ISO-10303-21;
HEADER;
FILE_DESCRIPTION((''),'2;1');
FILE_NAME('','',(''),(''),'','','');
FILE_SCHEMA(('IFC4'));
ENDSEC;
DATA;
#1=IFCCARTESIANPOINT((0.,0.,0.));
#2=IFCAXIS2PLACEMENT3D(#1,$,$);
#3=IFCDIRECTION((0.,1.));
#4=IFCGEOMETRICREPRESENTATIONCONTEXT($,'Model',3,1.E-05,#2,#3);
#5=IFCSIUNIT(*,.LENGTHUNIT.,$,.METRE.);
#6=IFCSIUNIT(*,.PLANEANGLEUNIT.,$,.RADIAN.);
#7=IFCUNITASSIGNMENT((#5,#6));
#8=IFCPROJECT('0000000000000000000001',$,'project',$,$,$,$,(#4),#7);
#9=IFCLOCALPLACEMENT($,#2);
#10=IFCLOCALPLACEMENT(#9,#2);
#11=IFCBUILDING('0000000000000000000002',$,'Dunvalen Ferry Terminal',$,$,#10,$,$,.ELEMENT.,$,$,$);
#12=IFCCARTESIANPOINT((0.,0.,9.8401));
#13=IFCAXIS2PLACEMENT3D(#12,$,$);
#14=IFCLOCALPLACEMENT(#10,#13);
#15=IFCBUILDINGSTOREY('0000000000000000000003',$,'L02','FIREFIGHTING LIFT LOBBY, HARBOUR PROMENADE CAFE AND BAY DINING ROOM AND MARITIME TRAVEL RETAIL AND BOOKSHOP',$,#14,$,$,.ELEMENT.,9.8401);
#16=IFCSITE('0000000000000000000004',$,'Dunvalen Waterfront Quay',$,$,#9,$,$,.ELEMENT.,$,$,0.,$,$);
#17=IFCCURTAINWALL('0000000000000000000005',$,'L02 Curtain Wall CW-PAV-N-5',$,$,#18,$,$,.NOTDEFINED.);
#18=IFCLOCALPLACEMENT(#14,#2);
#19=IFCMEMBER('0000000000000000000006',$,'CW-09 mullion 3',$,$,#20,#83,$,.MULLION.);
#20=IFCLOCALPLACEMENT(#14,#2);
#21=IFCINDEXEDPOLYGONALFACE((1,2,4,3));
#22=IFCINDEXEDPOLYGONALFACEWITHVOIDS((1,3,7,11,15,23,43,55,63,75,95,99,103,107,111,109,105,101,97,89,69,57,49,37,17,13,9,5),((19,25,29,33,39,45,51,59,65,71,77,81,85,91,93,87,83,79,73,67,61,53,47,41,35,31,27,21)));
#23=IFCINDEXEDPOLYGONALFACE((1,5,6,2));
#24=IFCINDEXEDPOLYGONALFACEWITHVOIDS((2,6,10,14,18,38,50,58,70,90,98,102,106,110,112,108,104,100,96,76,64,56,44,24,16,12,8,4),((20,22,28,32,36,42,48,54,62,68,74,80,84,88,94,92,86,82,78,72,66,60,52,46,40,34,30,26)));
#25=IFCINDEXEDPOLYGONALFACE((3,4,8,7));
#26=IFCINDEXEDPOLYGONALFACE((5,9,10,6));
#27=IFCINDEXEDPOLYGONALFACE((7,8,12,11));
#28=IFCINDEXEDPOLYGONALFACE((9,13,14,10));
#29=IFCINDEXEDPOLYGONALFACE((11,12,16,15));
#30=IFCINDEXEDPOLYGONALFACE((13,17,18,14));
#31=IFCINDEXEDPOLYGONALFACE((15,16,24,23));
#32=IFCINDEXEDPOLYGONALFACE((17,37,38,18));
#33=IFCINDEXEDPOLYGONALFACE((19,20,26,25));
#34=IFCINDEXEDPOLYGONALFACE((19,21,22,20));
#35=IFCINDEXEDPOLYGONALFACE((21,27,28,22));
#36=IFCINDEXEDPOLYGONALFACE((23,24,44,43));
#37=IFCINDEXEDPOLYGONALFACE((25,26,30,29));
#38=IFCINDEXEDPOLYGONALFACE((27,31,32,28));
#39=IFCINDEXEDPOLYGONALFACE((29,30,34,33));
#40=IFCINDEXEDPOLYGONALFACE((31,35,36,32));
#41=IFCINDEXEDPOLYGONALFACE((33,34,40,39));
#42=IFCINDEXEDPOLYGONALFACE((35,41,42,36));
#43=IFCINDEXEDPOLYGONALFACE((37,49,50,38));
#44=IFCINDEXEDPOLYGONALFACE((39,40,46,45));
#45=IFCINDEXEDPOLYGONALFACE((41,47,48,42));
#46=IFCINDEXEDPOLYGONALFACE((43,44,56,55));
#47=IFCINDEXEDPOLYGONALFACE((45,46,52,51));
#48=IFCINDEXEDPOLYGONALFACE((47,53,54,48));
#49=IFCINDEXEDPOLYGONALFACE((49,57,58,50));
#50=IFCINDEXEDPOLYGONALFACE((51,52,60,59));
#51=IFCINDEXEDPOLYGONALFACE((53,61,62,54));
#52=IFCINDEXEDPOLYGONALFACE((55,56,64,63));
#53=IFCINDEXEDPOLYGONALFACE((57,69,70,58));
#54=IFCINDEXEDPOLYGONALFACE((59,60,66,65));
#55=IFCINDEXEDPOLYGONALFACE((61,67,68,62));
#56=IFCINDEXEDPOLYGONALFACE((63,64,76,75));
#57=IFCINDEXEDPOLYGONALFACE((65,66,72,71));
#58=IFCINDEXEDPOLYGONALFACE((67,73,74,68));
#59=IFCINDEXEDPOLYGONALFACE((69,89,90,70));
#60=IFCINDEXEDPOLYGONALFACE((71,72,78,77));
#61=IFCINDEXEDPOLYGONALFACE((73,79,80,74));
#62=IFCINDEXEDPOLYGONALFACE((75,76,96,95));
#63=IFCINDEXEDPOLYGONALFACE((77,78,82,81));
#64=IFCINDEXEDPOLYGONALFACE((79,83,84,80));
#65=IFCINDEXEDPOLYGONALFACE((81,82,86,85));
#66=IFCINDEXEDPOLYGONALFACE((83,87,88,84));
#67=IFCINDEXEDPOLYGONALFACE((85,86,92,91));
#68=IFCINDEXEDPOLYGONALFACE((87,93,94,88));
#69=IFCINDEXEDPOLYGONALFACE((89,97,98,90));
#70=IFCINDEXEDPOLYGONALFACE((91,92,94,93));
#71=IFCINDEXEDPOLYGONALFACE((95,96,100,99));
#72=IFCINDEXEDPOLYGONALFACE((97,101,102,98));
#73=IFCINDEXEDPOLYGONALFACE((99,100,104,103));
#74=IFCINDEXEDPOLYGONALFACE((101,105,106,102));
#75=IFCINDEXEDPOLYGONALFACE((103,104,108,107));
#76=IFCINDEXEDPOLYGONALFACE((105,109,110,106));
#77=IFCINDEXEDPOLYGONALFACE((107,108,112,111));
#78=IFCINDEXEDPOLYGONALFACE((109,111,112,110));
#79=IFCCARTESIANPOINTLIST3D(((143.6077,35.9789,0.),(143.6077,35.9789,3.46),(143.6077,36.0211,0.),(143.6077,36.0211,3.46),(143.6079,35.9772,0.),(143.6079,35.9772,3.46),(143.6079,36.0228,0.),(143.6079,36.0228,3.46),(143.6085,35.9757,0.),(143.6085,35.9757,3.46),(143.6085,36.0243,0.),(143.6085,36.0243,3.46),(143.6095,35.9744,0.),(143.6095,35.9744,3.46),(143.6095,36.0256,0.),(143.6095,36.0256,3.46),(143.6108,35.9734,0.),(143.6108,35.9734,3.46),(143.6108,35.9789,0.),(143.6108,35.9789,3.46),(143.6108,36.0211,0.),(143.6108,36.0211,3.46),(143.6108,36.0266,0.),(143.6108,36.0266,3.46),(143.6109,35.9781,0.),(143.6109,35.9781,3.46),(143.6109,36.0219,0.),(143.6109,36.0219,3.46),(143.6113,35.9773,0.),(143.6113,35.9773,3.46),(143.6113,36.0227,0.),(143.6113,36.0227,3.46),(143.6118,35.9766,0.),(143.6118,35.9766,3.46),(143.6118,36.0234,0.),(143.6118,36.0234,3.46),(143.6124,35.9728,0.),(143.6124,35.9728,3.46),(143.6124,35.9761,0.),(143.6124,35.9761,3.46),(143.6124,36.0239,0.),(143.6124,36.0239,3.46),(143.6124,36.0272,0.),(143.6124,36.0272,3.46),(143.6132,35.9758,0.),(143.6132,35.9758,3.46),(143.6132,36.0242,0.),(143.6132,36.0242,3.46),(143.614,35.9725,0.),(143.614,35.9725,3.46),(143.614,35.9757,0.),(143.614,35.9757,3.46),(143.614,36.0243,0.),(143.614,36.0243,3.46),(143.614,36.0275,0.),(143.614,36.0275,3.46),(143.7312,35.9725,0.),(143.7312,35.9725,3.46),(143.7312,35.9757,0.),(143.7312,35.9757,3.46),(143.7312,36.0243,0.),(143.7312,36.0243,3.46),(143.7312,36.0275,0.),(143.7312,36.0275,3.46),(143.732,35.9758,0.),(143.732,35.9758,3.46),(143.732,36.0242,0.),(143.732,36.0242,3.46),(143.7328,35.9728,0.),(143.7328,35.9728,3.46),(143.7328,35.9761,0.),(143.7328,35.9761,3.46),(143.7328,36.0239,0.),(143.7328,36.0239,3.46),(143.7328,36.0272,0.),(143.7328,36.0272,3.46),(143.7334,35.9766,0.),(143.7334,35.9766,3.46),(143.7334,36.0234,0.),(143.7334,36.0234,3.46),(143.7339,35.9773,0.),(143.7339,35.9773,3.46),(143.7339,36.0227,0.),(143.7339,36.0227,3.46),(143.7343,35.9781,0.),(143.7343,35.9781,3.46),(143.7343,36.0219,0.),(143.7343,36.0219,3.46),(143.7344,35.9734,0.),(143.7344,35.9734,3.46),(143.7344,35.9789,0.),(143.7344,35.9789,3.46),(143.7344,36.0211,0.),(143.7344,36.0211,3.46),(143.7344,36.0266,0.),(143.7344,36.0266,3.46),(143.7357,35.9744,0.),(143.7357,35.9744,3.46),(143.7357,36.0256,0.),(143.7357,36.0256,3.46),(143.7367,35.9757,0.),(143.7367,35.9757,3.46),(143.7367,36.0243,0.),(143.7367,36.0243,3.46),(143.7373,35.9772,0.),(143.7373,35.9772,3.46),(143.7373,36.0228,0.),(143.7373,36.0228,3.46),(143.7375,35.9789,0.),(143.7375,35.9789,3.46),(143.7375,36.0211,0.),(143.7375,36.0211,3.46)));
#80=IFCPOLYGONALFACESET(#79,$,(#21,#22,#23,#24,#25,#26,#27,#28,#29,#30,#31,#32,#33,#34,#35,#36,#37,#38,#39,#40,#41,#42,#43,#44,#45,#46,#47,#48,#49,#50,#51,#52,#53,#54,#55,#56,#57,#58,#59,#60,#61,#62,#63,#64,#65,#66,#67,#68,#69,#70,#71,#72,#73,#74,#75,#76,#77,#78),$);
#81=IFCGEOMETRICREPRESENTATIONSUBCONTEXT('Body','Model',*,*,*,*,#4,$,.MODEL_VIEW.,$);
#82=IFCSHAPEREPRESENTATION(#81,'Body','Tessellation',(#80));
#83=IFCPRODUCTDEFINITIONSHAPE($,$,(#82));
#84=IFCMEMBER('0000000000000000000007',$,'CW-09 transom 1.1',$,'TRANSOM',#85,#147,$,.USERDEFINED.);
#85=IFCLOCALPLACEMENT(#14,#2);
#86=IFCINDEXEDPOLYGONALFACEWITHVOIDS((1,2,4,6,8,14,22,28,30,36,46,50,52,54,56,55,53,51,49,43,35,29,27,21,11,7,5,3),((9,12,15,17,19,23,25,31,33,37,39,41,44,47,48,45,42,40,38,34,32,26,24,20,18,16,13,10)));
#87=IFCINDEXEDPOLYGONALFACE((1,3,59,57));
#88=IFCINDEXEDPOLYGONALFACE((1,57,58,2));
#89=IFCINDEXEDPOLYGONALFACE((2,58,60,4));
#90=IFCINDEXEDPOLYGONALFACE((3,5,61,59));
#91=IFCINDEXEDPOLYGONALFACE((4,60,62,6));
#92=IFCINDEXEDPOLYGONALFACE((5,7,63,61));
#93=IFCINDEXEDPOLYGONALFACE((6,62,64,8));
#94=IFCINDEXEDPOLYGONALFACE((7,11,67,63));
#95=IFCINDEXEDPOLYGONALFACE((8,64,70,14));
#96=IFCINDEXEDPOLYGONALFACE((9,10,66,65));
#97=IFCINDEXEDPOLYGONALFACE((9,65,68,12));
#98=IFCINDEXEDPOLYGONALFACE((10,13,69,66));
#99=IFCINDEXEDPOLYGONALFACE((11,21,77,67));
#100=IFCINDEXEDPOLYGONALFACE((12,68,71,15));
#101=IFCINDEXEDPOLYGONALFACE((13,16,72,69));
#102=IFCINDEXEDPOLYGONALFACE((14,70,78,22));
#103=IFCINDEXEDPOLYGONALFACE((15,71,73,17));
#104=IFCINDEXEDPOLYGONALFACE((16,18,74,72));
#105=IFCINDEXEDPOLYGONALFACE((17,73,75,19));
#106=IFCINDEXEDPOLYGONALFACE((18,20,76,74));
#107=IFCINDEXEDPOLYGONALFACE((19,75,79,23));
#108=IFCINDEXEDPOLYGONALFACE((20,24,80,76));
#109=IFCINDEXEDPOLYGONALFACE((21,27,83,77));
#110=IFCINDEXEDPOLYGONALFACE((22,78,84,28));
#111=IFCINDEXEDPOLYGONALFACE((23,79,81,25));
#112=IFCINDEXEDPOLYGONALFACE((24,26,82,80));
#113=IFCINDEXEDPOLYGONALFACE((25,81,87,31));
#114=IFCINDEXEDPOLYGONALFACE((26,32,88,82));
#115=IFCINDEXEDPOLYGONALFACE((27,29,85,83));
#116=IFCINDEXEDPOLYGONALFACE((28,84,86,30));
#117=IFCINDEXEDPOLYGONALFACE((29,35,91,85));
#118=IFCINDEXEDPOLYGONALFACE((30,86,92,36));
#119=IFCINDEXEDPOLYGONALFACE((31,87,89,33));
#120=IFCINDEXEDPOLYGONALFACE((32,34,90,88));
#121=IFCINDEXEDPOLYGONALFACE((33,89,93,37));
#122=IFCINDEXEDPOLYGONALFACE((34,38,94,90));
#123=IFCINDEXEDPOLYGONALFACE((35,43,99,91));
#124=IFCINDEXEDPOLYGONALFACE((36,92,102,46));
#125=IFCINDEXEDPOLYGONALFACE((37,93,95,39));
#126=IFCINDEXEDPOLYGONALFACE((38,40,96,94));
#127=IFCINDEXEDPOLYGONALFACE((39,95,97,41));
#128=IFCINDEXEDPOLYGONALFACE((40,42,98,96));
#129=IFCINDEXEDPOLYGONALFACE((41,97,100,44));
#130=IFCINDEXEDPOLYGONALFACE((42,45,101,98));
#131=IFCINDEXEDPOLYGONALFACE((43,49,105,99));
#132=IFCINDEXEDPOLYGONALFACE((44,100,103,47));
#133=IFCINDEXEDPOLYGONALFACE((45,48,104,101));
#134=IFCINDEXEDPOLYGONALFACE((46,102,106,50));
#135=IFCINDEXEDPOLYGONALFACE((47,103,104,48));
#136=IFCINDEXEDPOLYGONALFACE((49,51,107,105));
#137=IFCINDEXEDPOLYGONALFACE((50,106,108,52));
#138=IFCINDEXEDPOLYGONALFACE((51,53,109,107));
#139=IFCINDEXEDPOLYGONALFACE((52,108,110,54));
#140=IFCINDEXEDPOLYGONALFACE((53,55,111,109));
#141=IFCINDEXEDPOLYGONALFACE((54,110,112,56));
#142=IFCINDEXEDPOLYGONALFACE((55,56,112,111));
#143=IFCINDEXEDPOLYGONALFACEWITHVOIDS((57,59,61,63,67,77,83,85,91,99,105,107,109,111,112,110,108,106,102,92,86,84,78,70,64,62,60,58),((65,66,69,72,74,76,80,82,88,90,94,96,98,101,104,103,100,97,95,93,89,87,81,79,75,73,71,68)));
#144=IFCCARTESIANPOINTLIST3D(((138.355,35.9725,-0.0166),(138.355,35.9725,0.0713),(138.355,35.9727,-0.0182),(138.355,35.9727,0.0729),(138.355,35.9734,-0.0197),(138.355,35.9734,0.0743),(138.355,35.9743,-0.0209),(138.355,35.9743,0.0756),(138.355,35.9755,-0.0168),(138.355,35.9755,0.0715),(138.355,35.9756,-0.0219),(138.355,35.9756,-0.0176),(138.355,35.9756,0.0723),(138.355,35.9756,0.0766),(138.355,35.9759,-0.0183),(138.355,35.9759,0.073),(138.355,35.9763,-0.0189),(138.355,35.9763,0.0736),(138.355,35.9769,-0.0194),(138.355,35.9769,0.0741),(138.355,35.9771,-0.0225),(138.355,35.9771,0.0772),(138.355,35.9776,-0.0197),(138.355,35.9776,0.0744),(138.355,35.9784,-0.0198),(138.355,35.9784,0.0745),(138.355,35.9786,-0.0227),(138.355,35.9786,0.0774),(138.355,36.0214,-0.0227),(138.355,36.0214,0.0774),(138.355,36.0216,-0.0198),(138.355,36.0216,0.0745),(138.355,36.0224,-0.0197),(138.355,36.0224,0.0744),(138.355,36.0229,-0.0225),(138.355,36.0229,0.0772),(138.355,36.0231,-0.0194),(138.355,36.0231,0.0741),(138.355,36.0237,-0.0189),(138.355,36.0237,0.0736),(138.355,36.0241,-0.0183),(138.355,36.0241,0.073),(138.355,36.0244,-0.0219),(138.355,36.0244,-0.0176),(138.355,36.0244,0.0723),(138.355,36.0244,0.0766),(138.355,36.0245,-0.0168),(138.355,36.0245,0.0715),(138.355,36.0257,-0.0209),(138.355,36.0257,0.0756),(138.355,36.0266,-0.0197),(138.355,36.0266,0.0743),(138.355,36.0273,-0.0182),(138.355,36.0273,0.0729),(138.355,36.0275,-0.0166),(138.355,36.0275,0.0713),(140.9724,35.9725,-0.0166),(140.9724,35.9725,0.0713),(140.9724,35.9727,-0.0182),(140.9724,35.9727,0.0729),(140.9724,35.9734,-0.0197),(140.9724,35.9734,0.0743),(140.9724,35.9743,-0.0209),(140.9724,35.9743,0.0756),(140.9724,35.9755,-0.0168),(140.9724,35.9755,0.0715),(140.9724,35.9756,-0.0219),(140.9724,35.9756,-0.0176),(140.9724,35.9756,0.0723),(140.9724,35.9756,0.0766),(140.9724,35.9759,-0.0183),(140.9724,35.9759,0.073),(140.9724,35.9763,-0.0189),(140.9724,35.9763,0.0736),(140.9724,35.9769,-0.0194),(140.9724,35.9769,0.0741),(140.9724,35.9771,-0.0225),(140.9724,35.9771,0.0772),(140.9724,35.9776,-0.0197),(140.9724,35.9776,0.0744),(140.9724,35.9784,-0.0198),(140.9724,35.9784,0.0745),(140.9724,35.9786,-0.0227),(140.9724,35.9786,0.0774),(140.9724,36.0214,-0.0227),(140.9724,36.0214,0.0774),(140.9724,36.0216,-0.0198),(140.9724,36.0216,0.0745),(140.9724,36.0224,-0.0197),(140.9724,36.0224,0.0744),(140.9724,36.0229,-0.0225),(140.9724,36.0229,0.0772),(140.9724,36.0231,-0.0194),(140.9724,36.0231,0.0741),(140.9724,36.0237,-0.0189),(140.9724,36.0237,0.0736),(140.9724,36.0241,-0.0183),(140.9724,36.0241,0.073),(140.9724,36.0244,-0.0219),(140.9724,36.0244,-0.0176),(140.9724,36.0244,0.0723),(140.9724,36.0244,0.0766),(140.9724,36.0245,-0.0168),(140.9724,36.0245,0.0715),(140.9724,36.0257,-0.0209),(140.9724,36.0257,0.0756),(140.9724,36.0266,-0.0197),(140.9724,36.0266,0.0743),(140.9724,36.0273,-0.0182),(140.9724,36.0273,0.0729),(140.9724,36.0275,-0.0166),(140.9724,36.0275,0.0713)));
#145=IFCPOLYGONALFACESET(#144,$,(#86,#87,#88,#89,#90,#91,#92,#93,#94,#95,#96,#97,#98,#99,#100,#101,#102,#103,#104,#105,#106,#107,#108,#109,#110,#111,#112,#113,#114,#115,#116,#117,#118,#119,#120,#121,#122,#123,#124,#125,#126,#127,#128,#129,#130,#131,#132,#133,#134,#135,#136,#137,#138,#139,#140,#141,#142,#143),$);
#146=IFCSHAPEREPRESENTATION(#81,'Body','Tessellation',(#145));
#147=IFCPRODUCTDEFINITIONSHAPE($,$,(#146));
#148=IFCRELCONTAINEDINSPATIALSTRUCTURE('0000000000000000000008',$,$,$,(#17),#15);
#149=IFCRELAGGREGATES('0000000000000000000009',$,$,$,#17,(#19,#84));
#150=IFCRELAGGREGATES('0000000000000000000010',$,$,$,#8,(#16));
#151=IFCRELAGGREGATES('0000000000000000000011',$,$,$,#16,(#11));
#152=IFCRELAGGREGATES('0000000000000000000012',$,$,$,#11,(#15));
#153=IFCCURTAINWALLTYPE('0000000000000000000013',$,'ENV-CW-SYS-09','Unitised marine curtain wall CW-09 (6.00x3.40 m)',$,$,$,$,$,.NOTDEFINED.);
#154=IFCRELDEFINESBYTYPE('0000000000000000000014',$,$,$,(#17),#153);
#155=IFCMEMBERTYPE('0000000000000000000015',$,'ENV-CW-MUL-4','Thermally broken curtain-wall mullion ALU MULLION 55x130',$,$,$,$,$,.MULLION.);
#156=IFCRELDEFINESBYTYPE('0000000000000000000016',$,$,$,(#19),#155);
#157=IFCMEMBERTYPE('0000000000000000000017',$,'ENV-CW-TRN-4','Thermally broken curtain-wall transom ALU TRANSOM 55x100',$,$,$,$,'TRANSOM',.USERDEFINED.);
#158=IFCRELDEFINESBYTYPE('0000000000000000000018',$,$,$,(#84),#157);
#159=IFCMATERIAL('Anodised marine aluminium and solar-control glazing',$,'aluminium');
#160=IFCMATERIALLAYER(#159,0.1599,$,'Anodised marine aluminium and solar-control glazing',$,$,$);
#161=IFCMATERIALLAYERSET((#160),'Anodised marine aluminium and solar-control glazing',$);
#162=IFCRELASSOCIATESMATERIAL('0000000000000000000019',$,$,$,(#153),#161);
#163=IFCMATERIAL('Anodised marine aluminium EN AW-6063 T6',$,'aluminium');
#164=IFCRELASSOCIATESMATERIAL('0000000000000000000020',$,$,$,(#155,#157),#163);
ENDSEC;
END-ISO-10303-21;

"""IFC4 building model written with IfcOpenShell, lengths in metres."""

from ifc_helpers import new_model, si_unit, direction, frame, origin, origin_2d, place, context, subcontext, project, spatial, hollow_rectangle, extrude, material, layer, layer_set, material_profile, profile_set, type_object, element, aggregate, save


model = new_model("IFC4")

# Units and contexts
model_context = context("Model", 3, precision=1e-05, world=origin(), true_north=direction((0.0, 1.0)))
body_context = subcontext(model_context, "Body", "Model", "MODEL_VIEW")
ifc_project = project(units=[si_unit("LENGTHUNIT", "METRE"), si_unit("PLANEANGLEUNIT", "RADIAN")], contexts=[model_context])

# Site, building, storey
site_placement = place(None, origin())
site = spatial("IfcSite", under=ifc_project, at=site_placement, Name="Dunvalen Waterfront Quay", CompositionType="ELEMENT", RefElevation=0.0)
building_placement = place(site_placement, origin())
building = spatial("IfcBuilding", under=site, at=building_placement, Name="Dunvalen Ferry Terminal", CompositionType="ELEMENT")
storey_placement = place(building_placement, frame((0.0, 0.0, 9.8401)))
storey = spatial("IfcBuildingStorey", under=building, at=storey_placement, Name="L02", Description="FIREFIGHTING LIFT LOBBY, HARBOUR PROMENADE CAFE AND BAY DINING ROOM AND MARITIME TRAVEL RETAIL AND BOOKSHOP", CompositionType="ELEMENT", Elevation=9.8401)

# Curtain wall, members
ifc_material_1 = material(Name="Anodised marine aluminium and solar-control glazing", Category="aluminium")
ifc_layer_1 = layer(ifc_material_1, 0.1599, Name="Anodised marine aluminium and solar-control glazing")
ifc_layer_set_1 = layer_set([ifc_layer_1], Name="Anodised marine aluminium and solar-control glazing")
curtain_wall_type = type_object("IfcCurtainWallType", Name="ENV-CW-SYS-09", Description="Unitised marine curtain wall CW-09 (6.00x3.40 m)", PredefinedType="NOTDEFINED", material=ifc_layer_set_1)
curtain_wall_placement = place(storey_placement, origin())
curtain_wall = element("IfcCurtainWall", 1, at=curtain_wall_placement, inside=storey, type_object=curtain_wall_type, Name="L02 Curtain Wall CW-PAV-N-5", PredefinedType="NOTDEFINED")
ifc_material_2 = material(Name="Anodised marine aluminium EN AW-6063 T6", Category="aluminium")
ifc_material_profile_1 = material_profile(ifc_material_2, hollow_rectangle(XDim=0.0549, YDim=0.1299, WallThickness=0.0032, InnerFilletRadius=0.0032, OuterFilletRadius=0.0063, at=origin_2d()), Name="Anodised marine aluminium EN AW-6063 T6")
ifc_profile_set_1 = profile_set([ifc_material_profile_1], Name="Anodised marine aluminium EN AW-6063 T6")
member_type_1 = type_object("IfcMemberType", Name="ENV-CW-MUL-4", Description="Thermally broken curtain-wall mullion ALU MULLION 55x130", PredefinedType="MULLION", material=ifc_profile_set_1)
member_1_placement = place(storey_placement, frame((143.6726, 36.0, 0.0), z_axis=(0.0, 0.0, 1.0), x_axis=(0.0, 1.0, 0.0)))
member_1 = element("IfcMember", 2, at=member_1_placement, type_object=member_type_1, Name="CW-09 mullion 3", PredefinedType="MULLION", context=body_context, shape_type="SweptSolid", body=[
    extrude(hollow_rectangle(XDim=0.0549, YDim=0.1299, WallThickness=0.0032, InnerFilletRadius=0.0032, OuterFilletRadius=0.0063, at=origin_2d()), origin(), (0.0, 0.0, 1.0), 3.46),
])
ifc_material_profile_2 = material_profile(ifc_material_2, hollow_rectangle(XDim=0.0549, YDim=0.1001, WallThickness=0.0029, InnerFilletRadius=0.0029, OuterFilletRadius=0.0061, at=origin_2d()), Name="Anodised marine aluminium EN AW-6063 T6")
ifc_profile_set_2 = profile_set([ifc_material_profile_2], Name="Anodised marine aluminium EN AW-6063 T6")
member_type_2 = type_object("IfcMemberType", Name="ENV-CW-TRN-4", Description="Thermally broken curtain-wall transom ALU TRANSOM 55x100", ElementType="TRANSOM", PredefinedType="USERDEFINED", material=ifc_profile_set_2)
member_2_placement = place(storey_placement, frame((138.355, 36.0, 0.0273), z_axis=(1.0, 0.0, 0.0), x_axis=(0.0, 1.0, 0.0)))
member_2 = element("IfcMember", 3, at=member_2_placement, type_object=member_type_2, Name="CW-09 transom 1.1", ObjectType="TRANSOM", PredefinedType="USERDEFINED", context=body_context, shape_type="SweptSolid", body=[
    extrude(hollow_rectangle(XDim=0.0549, YDim=0.1001, WallThickness=0.0029, InnerFilletRadius=0.0029, OuterFilletRadius=0.0061, at=origin_2d()), origin(), (0.0, 0.0, 1.0), 2.6174),
])

aggregate(curtain_wall, [member_1, member_2])

save(model, "model.ifc")
